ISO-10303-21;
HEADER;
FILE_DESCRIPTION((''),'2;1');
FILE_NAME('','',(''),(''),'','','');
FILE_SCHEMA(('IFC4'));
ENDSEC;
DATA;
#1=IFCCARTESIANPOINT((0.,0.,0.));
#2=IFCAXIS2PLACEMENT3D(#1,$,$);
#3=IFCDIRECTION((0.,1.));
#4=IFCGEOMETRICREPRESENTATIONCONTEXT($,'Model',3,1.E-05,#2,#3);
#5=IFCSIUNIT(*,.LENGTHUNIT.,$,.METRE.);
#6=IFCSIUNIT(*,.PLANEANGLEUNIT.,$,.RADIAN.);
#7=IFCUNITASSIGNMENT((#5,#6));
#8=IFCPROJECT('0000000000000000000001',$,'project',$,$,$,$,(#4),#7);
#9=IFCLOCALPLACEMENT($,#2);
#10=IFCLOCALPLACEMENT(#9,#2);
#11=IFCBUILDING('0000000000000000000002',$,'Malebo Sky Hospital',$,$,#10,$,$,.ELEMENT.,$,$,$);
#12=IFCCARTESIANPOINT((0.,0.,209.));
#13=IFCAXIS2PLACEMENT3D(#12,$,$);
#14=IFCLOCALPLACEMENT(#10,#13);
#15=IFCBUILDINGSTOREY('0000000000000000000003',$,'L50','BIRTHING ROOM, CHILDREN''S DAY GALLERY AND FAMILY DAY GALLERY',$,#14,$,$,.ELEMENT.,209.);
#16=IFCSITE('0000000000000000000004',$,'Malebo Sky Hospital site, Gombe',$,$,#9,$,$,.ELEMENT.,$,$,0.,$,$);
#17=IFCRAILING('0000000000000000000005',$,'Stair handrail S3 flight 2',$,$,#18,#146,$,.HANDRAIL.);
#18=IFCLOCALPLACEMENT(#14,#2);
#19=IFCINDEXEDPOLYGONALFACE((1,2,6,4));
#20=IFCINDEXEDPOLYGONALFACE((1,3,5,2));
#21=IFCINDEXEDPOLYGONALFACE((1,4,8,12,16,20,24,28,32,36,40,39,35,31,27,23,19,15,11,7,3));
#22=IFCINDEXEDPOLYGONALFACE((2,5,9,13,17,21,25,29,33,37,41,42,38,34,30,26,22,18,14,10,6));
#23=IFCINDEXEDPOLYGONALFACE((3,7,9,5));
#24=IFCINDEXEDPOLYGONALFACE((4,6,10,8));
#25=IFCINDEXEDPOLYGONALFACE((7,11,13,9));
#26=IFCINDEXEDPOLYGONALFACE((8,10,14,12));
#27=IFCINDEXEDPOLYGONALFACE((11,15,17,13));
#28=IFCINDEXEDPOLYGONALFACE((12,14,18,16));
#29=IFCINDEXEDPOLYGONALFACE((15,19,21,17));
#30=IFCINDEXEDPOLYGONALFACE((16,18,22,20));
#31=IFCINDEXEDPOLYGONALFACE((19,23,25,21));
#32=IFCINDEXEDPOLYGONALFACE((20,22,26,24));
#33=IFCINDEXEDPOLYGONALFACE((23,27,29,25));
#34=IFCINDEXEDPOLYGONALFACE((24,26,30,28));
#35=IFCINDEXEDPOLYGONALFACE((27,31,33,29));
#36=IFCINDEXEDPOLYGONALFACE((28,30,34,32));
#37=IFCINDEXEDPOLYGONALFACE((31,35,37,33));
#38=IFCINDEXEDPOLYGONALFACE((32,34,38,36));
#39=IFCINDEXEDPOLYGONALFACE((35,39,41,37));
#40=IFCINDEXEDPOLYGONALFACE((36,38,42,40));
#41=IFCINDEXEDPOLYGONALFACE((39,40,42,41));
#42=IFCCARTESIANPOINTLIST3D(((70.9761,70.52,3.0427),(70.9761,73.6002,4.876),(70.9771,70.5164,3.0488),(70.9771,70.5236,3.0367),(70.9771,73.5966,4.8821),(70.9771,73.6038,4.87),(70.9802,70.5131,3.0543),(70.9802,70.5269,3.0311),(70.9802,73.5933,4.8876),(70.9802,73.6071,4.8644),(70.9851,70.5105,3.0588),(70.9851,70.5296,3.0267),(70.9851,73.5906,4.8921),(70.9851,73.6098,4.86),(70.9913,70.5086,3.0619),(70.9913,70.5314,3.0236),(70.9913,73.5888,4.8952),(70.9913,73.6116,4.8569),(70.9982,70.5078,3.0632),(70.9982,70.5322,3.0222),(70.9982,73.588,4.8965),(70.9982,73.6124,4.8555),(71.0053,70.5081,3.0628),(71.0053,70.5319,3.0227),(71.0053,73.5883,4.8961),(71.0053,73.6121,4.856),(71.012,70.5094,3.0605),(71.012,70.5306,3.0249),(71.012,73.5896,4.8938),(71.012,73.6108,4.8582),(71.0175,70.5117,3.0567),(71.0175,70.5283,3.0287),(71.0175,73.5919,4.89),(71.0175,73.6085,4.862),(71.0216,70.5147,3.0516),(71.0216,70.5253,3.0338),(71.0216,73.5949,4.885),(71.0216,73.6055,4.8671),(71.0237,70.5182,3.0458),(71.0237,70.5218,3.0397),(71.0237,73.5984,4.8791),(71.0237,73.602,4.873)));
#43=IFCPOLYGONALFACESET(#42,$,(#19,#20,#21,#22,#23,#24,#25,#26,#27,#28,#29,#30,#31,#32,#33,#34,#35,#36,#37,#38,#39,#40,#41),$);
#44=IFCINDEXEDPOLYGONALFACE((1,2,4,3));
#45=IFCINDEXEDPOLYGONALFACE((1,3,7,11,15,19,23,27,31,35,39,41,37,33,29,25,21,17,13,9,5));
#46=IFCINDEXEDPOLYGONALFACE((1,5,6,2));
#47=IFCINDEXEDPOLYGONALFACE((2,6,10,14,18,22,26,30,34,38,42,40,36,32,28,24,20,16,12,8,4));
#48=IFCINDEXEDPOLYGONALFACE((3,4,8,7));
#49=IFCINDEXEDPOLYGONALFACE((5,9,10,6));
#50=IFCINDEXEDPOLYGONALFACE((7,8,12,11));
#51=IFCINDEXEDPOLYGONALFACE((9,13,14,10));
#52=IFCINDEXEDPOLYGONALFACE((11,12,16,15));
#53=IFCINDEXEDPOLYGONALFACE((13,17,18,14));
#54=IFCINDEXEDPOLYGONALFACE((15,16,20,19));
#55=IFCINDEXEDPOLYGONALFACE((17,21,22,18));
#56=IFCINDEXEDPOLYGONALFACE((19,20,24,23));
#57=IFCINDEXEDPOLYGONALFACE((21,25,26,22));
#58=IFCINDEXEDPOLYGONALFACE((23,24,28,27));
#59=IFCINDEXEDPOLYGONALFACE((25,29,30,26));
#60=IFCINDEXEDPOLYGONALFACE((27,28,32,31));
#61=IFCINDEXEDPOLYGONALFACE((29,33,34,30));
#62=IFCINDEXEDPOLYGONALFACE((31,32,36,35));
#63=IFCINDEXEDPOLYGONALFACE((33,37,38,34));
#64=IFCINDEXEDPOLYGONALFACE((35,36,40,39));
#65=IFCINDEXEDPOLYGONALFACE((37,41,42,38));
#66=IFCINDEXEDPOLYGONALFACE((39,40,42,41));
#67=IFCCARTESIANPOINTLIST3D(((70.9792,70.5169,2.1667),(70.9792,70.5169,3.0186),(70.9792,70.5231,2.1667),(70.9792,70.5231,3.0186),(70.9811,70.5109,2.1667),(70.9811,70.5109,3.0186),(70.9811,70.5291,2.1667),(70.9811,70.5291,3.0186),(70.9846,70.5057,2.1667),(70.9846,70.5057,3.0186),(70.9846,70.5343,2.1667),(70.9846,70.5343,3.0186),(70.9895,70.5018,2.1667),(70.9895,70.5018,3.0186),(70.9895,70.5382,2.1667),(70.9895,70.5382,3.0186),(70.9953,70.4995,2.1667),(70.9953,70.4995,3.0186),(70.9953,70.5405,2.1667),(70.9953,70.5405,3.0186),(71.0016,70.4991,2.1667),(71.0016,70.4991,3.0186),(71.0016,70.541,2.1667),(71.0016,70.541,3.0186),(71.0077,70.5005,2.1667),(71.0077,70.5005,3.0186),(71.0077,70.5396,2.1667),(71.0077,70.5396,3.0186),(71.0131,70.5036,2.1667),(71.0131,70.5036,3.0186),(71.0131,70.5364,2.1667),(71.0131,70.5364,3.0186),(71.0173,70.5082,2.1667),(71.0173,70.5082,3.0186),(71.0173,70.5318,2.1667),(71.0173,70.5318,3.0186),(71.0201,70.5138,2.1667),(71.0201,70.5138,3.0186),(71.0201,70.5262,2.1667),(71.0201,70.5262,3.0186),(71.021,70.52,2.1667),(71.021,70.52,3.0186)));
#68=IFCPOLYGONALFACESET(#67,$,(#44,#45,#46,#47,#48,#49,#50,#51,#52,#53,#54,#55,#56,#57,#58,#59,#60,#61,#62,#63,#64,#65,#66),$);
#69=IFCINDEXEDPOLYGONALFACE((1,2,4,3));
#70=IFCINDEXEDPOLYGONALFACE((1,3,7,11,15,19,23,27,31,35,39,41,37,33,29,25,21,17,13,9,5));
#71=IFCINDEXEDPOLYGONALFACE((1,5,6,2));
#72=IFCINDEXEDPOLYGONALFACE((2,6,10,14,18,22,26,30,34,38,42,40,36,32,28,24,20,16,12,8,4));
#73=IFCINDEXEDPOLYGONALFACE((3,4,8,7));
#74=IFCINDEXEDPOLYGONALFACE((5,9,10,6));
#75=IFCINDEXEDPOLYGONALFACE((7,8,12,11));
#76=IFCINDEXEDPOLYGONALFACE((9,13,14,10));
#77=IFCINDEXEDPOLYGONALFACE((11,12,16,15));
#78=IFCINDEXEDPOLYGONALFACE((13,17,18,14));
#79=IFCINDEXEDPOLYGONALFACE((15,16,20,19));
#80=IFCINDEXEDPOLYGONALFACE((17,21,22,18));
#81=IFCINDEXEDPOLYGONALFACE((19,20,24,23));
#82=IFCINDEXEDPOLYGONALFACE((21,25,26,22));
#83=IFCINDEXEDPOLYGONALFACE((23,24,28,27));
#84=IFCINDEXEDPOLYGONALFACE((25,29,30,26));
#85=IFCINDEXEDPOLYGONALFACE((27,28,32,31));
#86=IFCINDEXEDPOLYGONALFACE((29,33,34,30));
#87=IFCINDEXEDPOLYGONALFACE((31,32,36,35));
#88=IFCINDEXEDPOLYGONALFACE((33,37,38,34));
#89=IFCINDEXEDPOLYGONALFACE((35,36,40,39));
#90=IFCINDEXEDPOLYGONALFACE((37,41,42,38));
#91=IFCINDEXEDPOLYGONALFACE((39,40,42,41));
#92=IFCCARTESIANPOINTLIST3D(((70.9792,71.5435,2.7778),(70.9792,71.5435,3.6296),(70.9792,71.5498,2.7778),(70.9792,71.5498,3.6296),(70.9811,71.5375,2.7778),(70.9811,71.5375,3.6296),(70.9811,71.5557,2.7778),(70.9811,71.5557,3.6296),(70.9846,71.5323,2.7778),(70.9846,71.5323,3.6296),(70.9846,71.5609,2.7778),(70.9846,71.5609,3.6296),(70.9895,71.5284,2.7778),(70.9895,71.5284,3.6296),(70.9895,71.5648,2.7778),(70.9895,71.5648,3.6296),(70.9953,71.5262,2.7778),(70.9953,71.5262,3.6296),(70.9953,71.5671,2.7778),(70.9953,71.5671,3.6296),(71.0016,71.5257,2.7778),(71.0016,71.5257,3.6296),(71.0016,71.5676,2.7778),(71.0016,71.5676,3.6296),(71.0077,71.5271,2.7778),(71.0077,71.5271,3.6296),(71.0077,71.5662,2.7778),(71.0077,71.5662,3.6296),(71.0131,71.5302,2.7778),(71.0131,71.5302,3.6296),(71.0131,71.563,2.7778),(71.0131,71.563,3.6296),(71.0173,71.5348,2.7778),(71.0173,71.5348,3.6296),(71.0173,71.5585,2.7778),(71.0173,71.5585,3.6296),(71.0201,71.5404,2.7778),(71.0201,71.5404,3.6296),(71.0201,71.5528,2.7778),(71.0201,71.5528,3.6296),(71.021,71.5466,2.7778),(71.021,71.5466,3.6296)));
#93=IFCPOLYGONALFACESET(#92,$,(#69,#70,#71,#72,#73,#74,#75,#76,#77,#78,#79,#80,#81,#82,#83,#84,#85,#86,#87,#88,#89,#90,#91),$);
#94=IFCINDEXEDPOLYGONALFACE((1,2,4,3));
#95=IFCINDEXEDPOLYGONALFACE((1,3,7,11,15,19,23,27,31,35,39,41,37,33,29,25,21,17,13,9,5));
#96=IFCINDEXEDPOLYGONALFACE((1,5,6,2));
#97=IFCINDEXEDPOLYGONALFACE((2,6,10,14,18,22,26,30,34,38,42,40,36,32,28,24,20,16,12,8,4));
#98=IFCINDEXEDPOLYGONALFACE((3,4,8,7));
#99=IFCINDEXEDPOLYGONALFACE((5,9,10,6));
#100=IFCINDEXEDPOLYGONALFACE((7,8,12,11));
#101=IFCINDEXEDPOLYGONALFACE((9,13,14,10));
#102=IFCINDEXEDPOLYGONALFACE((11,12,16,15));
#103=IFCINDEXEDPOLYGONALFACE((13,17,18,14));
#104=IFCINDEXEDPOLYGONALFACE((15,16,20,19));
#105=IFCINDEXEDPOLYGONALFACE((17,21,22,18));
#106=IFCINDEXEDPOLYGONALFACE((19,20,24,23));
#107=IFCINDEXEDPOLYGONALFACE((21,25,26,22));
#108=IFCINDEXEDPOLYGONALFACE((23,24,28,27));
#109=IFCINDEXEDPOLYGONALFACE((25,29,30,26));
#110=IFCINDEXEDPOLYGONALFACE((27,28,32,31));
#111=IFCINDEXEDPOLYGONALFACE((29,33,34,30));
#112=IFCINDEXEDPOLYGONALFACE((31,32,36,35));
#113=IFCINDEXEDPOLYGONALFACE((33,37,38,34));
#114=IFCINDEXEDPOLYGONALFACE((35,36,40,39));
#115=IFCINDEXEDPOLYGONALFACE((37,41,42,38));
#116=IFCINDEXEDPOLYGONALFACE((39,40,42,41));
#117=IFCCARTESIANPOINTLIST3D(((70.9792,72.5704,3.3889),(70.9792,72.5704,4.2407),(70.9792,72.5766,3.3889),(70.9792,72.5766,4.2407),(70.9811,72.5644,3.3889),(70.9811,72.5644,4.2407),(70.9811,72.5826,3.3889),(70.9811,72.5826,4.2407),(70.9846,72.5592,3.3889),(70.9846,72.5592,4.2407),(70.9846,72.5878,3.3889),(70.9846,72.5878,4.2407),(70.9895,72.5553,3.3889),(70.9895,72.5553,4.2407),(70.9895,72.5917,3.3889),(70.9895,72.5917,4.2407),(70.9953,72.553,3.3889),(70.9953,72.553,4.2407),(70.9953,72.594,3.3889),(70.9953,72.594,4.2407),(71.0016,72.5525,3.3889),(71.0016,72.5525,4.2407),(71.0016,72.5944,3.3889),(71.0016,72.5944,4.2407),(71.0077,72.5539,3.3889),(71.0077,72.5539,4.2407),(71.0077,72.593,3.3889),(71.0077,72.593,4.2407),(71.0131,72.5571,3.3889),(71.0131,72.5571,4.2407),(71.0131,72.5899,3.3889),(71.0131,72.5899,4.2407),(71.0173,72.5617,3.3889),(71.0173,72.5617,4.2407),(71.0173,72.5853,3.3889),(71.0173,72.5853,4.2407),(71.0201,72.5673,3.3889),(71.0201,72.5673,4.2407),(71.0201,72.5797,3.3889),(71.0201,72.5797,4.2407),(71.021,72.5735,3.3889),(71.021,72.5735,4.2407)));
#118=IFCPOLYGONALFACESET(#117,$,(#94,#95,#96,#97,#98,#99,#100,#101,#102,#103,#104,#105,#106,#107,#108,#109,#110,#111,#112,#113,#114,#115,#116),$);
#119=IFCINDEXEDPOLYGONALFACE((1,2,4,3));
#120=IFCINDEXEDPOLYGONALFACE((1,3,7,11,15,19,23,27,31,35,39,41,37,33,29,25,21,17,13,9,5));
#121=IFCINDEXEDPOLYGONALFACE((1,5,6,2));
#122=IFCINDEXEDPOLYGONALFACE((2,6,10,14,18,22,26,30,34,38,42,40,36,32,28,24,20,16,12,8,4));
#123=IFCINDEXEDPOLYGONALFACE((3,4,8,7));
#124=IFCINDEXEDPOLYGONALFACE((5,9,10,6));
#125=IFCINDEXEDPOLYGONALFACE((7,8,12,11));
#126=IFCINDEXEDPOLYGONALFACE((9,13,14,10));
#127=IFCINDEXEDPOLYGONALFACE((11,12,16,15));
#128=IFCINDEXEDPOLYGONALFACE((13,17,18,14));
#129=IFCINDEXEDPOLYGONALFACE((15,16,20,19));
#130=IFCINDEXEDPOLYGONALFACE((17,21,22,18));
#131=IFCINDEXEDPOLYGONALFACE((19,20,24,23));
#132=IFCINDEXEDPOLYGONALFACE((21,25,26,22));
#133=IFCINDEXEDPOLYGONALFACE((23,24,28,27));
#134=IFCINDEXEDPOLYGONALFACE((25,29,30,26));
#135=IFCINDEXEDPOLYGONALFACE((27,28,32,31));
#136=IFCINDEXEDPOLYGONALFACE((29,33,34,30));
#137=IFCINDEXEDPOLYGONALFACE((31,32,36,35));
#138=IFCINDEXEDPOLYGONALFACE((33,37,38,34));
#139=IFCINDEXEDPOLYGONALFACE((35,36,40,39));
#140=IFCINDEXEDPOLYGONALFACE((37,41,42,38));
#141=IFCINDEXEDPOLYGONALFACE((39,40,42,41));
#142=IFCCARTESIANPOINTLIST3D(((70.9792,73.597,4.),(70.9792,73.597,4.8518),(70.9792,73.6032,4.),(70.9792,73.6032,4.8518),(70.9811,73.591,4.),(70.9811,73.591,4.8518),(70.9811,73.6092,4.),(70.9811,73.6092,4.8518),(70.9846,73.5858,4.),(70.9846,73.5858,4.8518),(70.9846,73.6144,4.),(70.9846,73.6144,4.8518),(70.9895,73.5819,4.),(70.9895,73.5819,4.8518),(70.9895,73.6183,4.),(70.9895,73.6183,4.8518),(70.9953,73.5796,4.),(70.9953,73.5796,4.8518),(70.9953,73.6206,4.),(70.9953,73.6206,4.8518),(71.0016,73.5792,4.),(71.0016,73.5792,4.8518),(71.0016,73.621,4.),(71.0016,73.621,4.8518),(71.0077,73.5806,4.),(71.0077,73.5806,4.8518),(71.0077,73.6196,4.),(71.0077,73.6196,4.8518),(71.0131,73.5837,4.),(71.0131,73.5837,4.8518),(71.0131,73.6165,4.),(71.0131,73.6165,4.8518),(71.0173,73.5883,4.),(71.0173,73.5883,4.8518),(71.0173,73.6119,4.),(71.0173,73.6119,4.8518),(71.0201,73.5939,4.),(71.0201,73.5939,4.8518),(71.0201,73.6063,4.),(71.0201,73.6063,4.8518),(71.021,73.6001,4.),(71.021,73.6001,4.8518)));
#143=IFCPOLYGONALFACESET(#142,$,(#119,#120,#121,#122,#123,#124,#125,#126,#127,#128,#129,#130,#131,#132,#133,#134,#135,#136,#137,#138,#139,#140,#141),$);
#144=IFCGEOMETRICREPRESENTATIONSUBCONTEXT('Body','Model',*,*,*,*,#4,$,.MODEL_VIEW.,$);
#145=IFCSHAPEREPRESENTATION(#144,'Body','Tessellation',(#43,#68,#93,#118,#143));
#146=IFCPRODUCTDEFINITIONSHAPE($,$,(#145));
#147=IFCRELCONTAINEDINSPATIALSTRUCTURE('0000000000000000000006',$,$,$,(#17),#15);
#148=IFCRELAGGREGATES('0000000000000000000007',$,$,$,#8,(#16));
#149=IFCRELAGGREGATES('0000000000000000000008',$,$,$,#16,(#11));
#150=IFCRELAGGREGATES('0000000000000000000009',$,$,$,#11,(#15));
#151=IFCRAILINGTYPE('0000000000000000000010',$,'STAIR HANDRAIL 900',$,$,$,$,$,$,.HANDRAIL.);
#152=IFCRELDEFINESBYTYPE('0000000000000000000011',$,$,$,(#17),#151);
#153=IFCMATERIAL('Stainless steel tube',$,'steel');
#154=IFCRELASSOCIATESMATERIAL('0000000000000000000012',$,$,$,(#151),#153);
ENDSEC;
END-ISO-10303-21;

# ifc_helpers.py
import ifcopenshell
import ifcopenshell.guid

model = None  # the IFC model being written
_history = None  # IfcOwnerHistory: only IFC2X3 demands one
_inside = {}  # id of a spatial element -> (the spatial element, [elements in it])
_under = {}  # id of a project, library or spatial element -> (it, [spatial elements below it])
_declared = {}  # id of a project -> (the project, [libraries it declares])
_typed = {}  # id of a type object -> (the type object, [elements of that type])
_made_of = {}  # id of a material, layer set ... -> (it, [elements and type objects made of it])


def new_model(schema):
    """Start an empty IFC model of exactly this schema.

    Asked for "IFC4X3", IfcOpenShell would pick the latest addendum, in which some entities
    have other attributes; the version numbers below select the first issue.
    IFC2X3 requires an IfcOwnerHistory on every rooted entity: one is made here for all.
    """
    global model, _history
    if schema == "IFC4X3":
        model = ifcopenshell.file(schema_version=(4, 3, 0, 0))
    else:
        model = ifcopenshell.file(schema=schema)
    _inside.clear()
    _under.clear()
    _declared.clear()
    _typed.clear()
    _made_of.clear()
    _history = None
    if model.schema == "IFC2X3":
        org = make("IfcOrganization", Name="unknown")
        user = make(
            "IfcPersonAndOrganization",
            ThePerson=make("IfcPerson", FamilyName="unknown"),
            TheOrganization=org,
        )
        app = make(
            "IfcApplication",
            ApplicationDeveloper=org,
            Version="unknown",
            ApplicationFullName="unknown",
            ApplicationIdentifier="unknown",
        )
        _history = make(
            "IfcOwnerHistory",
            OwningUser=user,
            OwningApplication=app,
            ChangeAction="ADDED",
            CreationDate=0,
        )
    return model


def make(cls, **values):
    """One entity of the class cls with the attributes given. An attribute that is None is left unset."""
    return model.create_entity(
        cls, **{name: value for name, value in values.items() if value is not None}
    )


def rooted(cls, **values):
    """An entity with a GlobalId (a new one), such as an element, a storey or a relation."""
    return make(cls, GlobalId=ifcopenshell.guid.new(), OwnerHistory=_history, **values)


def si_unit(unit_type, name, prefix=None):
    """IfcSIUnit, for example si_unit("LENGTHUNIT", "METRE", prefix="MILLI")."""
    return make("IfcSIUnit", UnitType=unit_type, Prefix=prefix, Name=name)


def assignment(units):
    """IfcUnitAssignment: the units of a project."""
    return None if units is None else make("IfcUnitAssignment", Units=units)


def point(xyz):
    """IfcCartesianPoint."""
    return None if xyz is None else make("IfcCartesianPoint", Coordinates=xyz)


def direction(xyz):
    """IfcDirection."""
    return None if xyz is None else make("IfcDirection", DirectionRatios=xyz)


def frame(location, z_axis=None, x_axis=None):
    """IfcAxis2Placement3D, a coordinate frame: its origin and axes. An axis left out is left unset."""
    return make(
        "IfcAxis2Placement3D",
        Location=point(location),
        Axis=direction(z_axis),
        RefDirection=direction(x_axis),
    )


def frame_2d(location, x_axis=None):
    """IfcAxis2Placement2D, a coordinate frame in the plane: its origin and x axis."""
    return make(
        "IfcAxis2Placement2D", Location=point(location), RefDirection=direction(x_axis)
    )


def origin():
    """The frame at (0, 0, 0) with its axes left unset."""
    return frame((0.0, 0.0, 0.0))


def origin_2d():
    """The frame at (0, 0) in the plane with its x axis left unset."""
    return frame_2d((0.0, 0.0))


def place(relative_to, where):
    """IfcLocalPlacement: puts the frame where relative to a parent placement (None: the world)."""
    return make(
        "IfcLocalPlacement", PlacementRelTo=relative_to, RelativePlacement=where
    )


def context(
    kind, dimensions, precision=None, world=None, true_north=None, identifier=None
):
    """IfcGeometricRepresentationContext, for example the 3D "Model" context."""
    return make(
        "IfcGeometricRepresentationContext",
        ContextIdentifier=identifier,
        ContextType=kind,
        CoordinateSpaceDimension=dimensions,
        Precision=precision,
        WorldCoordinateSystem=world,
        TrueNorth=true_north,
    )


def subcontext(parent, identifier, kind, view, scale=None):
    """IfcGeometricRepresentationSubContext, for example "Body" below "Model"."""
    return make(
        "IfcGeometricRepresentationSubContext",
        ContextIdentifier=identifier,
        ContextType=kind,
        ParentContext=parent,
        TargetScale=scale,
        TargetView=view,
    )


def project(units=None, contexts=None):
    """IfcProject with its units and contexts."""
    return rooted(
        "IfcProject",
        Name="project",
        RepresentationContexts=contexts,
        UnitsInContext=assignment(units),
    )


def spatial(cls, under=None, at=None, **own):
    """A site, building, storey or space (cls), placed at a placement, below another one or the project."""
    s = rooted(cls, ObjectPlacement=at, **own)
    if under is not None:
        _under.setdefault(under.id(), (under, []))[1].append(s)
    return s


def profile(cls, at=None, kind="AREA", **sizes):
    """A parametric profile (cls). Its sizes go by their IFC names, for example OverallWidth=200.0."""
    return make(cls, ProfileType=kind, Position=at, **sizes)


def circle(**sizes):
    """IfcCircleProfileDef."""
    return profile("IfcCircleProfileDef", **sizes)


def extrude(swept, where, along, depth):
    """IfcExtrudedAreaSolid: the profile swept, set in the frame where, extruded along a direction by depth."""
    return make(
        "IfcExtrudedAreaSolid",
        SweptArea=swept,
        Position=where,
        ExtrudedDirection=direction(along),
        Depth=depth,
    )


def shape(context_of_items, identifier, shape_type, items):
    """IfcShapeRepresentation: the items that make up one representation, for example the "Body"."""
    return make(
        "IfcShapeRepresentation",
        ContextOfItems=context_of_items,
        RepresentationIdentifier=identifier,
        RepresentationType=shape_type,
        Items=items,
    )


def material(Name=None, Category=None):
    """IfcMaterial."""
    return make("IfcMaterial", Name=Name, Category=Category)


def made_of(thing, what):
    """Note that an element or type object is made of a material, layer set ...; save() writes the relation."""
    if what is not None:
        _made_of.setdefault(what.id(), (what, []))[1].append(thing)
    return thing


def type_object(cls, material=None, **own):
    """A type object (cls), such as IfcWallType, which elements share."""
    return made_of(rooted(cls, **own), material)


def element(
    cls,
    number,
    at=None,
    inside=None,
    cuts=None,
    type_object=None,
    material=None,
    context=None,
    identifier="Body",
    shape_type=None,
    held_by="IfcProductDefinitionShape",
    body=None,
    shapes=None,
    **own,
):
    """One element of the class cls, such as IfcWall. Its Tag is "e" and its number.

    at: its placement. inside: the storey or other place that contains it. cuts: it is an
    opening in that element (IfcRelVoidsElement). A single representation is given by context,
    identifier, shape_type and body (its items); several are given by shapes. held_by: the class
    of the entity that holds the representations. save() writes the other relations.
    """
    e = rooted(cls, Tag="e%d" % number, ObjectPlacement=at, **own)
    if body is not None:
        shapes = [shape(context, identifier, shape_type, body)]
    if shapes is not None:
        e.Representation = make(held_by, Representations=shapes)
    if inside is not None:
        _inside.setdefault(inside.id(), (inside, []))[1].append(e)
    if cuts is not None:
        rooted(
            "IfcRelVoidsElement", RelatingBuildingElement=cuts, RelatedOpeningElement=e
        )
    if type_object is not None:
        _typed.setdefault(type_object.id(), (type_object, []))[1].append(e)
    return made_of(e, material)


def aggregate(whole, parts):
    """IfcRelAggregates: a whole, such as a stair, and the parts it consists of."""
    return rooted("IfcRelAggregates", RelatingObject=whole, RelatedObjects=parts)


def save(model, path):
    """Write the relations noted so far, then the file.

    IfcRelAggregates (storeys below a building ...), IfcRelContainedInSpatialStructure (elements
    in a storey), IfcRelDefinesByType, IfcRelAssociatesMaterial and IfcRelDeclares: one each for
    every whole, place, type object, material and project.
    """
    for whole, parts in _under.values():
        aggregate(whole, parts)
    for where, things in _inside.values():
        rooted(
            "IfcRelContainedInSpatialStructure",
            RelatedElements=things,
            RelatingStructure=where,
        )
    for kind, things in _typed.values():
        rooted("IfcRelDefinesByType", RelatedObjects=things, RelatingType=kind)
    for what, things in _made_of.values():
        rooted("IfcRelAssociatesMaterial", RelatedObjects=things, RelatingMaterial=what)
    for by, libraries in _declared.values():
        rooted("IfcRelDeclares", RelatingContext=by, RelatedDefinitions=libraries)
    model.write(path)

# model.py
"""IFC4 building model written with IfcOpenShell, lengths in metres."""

from ifc_helpers import new_model, si_unit, direction, frame, origin, origin_2d, place, context, subcontext, project, spatial, circle, extrude, material, type_object, element, save


model = new_model("IFC4")

# Units and contexts
model_context = context("Model", 3, precision=1e-05, world=origin(), true_north=direction((0.0, 1.0)))
body_context = subcontext(model_context, "Body", "Model", "MODEL_VIEW")
ifc_project = project(units=[si_unit("LENGTHUNIT", "METRE"), si_unit("PLANEANGLEUNIT", "RADIAN")], contexts=[model_context])

# Site, building, storey
site_placement = place(None, origin())
site = spatial("IfcSite", under=ifc_project, at=site_placement, Name="Malebo Sky Hospital site, Gombe", CompositionType="ELEMENT", RefElevation=0.0)
building_placement = place(site_placement, origin())
building = spatial("IfcBuilding", under=site, at=building_placement, Name="Malebo Sky Hospital", CompositionType="ELEMENT")
storey_placement = place(building_placement, frame((0.0, 0.0, 209.0)))
storey = spatial("IfcBuildingStorey", under=building, at=storey_placement, Name="L50", Description="BIRTHING ROOM, CHILDREN'S DAY GALLERY AND FAMILY DAY GALLERY", CompositionType="ELEMENT", Elevation=209.0)

# Railing
ifc_material_1 = material(Name="Stainless steel tube", Category="steel")
railing_type = type_object("IfcRailingType", Name="STAIR HANDRAIL 900", PredefinedType="HANDRAIL", material=ifc_material_1)
railing_1_placement = place(storey_placement, frame((71.0, 70.52, 2.1667)))
element("IfcRailing", 1, at=railing_1_placement, inside=storey, type_object=railing_type, Name="Stair handrail S3 flight 2", PredefinedType="HANDRAIL", context=body_context, shape_type="SweptSolid", body=[
    extrude(circle(Radius=0.0239, at=origin_2d()), frame((0.0, 0.0, 0.876), z_axis=(0.0, 0.859309, 0.511458), x_axis=(-1.0, 0.0, 0.0)), (0.0, 0.0, 1.0), 3.5845),
    extrude(circle(Radius=0.021, at=origin_2d()), origin(), (0.0, 0.0, 1.0), 0.8518),
    extrude(circle(Radius=0.021, at=origin_2d()), frame((0.0, 1.0266, 0.6111)), (0.0, 0.0, 1.0), 0.8518),
    extrude(circle(Radius=0.021, at=origin_2d()), frame((0.0, 2.0535, 1.2222)), (0.0, 0.0, 1.0), 0.8518),
    extrude(circle(Radius=0.021, at=origin_2d()), frame((0.0, 3.0801, 1.8333)), (0.0, 0.0, 1.0), 0.8518),
])

save(model, "model.ifc")
